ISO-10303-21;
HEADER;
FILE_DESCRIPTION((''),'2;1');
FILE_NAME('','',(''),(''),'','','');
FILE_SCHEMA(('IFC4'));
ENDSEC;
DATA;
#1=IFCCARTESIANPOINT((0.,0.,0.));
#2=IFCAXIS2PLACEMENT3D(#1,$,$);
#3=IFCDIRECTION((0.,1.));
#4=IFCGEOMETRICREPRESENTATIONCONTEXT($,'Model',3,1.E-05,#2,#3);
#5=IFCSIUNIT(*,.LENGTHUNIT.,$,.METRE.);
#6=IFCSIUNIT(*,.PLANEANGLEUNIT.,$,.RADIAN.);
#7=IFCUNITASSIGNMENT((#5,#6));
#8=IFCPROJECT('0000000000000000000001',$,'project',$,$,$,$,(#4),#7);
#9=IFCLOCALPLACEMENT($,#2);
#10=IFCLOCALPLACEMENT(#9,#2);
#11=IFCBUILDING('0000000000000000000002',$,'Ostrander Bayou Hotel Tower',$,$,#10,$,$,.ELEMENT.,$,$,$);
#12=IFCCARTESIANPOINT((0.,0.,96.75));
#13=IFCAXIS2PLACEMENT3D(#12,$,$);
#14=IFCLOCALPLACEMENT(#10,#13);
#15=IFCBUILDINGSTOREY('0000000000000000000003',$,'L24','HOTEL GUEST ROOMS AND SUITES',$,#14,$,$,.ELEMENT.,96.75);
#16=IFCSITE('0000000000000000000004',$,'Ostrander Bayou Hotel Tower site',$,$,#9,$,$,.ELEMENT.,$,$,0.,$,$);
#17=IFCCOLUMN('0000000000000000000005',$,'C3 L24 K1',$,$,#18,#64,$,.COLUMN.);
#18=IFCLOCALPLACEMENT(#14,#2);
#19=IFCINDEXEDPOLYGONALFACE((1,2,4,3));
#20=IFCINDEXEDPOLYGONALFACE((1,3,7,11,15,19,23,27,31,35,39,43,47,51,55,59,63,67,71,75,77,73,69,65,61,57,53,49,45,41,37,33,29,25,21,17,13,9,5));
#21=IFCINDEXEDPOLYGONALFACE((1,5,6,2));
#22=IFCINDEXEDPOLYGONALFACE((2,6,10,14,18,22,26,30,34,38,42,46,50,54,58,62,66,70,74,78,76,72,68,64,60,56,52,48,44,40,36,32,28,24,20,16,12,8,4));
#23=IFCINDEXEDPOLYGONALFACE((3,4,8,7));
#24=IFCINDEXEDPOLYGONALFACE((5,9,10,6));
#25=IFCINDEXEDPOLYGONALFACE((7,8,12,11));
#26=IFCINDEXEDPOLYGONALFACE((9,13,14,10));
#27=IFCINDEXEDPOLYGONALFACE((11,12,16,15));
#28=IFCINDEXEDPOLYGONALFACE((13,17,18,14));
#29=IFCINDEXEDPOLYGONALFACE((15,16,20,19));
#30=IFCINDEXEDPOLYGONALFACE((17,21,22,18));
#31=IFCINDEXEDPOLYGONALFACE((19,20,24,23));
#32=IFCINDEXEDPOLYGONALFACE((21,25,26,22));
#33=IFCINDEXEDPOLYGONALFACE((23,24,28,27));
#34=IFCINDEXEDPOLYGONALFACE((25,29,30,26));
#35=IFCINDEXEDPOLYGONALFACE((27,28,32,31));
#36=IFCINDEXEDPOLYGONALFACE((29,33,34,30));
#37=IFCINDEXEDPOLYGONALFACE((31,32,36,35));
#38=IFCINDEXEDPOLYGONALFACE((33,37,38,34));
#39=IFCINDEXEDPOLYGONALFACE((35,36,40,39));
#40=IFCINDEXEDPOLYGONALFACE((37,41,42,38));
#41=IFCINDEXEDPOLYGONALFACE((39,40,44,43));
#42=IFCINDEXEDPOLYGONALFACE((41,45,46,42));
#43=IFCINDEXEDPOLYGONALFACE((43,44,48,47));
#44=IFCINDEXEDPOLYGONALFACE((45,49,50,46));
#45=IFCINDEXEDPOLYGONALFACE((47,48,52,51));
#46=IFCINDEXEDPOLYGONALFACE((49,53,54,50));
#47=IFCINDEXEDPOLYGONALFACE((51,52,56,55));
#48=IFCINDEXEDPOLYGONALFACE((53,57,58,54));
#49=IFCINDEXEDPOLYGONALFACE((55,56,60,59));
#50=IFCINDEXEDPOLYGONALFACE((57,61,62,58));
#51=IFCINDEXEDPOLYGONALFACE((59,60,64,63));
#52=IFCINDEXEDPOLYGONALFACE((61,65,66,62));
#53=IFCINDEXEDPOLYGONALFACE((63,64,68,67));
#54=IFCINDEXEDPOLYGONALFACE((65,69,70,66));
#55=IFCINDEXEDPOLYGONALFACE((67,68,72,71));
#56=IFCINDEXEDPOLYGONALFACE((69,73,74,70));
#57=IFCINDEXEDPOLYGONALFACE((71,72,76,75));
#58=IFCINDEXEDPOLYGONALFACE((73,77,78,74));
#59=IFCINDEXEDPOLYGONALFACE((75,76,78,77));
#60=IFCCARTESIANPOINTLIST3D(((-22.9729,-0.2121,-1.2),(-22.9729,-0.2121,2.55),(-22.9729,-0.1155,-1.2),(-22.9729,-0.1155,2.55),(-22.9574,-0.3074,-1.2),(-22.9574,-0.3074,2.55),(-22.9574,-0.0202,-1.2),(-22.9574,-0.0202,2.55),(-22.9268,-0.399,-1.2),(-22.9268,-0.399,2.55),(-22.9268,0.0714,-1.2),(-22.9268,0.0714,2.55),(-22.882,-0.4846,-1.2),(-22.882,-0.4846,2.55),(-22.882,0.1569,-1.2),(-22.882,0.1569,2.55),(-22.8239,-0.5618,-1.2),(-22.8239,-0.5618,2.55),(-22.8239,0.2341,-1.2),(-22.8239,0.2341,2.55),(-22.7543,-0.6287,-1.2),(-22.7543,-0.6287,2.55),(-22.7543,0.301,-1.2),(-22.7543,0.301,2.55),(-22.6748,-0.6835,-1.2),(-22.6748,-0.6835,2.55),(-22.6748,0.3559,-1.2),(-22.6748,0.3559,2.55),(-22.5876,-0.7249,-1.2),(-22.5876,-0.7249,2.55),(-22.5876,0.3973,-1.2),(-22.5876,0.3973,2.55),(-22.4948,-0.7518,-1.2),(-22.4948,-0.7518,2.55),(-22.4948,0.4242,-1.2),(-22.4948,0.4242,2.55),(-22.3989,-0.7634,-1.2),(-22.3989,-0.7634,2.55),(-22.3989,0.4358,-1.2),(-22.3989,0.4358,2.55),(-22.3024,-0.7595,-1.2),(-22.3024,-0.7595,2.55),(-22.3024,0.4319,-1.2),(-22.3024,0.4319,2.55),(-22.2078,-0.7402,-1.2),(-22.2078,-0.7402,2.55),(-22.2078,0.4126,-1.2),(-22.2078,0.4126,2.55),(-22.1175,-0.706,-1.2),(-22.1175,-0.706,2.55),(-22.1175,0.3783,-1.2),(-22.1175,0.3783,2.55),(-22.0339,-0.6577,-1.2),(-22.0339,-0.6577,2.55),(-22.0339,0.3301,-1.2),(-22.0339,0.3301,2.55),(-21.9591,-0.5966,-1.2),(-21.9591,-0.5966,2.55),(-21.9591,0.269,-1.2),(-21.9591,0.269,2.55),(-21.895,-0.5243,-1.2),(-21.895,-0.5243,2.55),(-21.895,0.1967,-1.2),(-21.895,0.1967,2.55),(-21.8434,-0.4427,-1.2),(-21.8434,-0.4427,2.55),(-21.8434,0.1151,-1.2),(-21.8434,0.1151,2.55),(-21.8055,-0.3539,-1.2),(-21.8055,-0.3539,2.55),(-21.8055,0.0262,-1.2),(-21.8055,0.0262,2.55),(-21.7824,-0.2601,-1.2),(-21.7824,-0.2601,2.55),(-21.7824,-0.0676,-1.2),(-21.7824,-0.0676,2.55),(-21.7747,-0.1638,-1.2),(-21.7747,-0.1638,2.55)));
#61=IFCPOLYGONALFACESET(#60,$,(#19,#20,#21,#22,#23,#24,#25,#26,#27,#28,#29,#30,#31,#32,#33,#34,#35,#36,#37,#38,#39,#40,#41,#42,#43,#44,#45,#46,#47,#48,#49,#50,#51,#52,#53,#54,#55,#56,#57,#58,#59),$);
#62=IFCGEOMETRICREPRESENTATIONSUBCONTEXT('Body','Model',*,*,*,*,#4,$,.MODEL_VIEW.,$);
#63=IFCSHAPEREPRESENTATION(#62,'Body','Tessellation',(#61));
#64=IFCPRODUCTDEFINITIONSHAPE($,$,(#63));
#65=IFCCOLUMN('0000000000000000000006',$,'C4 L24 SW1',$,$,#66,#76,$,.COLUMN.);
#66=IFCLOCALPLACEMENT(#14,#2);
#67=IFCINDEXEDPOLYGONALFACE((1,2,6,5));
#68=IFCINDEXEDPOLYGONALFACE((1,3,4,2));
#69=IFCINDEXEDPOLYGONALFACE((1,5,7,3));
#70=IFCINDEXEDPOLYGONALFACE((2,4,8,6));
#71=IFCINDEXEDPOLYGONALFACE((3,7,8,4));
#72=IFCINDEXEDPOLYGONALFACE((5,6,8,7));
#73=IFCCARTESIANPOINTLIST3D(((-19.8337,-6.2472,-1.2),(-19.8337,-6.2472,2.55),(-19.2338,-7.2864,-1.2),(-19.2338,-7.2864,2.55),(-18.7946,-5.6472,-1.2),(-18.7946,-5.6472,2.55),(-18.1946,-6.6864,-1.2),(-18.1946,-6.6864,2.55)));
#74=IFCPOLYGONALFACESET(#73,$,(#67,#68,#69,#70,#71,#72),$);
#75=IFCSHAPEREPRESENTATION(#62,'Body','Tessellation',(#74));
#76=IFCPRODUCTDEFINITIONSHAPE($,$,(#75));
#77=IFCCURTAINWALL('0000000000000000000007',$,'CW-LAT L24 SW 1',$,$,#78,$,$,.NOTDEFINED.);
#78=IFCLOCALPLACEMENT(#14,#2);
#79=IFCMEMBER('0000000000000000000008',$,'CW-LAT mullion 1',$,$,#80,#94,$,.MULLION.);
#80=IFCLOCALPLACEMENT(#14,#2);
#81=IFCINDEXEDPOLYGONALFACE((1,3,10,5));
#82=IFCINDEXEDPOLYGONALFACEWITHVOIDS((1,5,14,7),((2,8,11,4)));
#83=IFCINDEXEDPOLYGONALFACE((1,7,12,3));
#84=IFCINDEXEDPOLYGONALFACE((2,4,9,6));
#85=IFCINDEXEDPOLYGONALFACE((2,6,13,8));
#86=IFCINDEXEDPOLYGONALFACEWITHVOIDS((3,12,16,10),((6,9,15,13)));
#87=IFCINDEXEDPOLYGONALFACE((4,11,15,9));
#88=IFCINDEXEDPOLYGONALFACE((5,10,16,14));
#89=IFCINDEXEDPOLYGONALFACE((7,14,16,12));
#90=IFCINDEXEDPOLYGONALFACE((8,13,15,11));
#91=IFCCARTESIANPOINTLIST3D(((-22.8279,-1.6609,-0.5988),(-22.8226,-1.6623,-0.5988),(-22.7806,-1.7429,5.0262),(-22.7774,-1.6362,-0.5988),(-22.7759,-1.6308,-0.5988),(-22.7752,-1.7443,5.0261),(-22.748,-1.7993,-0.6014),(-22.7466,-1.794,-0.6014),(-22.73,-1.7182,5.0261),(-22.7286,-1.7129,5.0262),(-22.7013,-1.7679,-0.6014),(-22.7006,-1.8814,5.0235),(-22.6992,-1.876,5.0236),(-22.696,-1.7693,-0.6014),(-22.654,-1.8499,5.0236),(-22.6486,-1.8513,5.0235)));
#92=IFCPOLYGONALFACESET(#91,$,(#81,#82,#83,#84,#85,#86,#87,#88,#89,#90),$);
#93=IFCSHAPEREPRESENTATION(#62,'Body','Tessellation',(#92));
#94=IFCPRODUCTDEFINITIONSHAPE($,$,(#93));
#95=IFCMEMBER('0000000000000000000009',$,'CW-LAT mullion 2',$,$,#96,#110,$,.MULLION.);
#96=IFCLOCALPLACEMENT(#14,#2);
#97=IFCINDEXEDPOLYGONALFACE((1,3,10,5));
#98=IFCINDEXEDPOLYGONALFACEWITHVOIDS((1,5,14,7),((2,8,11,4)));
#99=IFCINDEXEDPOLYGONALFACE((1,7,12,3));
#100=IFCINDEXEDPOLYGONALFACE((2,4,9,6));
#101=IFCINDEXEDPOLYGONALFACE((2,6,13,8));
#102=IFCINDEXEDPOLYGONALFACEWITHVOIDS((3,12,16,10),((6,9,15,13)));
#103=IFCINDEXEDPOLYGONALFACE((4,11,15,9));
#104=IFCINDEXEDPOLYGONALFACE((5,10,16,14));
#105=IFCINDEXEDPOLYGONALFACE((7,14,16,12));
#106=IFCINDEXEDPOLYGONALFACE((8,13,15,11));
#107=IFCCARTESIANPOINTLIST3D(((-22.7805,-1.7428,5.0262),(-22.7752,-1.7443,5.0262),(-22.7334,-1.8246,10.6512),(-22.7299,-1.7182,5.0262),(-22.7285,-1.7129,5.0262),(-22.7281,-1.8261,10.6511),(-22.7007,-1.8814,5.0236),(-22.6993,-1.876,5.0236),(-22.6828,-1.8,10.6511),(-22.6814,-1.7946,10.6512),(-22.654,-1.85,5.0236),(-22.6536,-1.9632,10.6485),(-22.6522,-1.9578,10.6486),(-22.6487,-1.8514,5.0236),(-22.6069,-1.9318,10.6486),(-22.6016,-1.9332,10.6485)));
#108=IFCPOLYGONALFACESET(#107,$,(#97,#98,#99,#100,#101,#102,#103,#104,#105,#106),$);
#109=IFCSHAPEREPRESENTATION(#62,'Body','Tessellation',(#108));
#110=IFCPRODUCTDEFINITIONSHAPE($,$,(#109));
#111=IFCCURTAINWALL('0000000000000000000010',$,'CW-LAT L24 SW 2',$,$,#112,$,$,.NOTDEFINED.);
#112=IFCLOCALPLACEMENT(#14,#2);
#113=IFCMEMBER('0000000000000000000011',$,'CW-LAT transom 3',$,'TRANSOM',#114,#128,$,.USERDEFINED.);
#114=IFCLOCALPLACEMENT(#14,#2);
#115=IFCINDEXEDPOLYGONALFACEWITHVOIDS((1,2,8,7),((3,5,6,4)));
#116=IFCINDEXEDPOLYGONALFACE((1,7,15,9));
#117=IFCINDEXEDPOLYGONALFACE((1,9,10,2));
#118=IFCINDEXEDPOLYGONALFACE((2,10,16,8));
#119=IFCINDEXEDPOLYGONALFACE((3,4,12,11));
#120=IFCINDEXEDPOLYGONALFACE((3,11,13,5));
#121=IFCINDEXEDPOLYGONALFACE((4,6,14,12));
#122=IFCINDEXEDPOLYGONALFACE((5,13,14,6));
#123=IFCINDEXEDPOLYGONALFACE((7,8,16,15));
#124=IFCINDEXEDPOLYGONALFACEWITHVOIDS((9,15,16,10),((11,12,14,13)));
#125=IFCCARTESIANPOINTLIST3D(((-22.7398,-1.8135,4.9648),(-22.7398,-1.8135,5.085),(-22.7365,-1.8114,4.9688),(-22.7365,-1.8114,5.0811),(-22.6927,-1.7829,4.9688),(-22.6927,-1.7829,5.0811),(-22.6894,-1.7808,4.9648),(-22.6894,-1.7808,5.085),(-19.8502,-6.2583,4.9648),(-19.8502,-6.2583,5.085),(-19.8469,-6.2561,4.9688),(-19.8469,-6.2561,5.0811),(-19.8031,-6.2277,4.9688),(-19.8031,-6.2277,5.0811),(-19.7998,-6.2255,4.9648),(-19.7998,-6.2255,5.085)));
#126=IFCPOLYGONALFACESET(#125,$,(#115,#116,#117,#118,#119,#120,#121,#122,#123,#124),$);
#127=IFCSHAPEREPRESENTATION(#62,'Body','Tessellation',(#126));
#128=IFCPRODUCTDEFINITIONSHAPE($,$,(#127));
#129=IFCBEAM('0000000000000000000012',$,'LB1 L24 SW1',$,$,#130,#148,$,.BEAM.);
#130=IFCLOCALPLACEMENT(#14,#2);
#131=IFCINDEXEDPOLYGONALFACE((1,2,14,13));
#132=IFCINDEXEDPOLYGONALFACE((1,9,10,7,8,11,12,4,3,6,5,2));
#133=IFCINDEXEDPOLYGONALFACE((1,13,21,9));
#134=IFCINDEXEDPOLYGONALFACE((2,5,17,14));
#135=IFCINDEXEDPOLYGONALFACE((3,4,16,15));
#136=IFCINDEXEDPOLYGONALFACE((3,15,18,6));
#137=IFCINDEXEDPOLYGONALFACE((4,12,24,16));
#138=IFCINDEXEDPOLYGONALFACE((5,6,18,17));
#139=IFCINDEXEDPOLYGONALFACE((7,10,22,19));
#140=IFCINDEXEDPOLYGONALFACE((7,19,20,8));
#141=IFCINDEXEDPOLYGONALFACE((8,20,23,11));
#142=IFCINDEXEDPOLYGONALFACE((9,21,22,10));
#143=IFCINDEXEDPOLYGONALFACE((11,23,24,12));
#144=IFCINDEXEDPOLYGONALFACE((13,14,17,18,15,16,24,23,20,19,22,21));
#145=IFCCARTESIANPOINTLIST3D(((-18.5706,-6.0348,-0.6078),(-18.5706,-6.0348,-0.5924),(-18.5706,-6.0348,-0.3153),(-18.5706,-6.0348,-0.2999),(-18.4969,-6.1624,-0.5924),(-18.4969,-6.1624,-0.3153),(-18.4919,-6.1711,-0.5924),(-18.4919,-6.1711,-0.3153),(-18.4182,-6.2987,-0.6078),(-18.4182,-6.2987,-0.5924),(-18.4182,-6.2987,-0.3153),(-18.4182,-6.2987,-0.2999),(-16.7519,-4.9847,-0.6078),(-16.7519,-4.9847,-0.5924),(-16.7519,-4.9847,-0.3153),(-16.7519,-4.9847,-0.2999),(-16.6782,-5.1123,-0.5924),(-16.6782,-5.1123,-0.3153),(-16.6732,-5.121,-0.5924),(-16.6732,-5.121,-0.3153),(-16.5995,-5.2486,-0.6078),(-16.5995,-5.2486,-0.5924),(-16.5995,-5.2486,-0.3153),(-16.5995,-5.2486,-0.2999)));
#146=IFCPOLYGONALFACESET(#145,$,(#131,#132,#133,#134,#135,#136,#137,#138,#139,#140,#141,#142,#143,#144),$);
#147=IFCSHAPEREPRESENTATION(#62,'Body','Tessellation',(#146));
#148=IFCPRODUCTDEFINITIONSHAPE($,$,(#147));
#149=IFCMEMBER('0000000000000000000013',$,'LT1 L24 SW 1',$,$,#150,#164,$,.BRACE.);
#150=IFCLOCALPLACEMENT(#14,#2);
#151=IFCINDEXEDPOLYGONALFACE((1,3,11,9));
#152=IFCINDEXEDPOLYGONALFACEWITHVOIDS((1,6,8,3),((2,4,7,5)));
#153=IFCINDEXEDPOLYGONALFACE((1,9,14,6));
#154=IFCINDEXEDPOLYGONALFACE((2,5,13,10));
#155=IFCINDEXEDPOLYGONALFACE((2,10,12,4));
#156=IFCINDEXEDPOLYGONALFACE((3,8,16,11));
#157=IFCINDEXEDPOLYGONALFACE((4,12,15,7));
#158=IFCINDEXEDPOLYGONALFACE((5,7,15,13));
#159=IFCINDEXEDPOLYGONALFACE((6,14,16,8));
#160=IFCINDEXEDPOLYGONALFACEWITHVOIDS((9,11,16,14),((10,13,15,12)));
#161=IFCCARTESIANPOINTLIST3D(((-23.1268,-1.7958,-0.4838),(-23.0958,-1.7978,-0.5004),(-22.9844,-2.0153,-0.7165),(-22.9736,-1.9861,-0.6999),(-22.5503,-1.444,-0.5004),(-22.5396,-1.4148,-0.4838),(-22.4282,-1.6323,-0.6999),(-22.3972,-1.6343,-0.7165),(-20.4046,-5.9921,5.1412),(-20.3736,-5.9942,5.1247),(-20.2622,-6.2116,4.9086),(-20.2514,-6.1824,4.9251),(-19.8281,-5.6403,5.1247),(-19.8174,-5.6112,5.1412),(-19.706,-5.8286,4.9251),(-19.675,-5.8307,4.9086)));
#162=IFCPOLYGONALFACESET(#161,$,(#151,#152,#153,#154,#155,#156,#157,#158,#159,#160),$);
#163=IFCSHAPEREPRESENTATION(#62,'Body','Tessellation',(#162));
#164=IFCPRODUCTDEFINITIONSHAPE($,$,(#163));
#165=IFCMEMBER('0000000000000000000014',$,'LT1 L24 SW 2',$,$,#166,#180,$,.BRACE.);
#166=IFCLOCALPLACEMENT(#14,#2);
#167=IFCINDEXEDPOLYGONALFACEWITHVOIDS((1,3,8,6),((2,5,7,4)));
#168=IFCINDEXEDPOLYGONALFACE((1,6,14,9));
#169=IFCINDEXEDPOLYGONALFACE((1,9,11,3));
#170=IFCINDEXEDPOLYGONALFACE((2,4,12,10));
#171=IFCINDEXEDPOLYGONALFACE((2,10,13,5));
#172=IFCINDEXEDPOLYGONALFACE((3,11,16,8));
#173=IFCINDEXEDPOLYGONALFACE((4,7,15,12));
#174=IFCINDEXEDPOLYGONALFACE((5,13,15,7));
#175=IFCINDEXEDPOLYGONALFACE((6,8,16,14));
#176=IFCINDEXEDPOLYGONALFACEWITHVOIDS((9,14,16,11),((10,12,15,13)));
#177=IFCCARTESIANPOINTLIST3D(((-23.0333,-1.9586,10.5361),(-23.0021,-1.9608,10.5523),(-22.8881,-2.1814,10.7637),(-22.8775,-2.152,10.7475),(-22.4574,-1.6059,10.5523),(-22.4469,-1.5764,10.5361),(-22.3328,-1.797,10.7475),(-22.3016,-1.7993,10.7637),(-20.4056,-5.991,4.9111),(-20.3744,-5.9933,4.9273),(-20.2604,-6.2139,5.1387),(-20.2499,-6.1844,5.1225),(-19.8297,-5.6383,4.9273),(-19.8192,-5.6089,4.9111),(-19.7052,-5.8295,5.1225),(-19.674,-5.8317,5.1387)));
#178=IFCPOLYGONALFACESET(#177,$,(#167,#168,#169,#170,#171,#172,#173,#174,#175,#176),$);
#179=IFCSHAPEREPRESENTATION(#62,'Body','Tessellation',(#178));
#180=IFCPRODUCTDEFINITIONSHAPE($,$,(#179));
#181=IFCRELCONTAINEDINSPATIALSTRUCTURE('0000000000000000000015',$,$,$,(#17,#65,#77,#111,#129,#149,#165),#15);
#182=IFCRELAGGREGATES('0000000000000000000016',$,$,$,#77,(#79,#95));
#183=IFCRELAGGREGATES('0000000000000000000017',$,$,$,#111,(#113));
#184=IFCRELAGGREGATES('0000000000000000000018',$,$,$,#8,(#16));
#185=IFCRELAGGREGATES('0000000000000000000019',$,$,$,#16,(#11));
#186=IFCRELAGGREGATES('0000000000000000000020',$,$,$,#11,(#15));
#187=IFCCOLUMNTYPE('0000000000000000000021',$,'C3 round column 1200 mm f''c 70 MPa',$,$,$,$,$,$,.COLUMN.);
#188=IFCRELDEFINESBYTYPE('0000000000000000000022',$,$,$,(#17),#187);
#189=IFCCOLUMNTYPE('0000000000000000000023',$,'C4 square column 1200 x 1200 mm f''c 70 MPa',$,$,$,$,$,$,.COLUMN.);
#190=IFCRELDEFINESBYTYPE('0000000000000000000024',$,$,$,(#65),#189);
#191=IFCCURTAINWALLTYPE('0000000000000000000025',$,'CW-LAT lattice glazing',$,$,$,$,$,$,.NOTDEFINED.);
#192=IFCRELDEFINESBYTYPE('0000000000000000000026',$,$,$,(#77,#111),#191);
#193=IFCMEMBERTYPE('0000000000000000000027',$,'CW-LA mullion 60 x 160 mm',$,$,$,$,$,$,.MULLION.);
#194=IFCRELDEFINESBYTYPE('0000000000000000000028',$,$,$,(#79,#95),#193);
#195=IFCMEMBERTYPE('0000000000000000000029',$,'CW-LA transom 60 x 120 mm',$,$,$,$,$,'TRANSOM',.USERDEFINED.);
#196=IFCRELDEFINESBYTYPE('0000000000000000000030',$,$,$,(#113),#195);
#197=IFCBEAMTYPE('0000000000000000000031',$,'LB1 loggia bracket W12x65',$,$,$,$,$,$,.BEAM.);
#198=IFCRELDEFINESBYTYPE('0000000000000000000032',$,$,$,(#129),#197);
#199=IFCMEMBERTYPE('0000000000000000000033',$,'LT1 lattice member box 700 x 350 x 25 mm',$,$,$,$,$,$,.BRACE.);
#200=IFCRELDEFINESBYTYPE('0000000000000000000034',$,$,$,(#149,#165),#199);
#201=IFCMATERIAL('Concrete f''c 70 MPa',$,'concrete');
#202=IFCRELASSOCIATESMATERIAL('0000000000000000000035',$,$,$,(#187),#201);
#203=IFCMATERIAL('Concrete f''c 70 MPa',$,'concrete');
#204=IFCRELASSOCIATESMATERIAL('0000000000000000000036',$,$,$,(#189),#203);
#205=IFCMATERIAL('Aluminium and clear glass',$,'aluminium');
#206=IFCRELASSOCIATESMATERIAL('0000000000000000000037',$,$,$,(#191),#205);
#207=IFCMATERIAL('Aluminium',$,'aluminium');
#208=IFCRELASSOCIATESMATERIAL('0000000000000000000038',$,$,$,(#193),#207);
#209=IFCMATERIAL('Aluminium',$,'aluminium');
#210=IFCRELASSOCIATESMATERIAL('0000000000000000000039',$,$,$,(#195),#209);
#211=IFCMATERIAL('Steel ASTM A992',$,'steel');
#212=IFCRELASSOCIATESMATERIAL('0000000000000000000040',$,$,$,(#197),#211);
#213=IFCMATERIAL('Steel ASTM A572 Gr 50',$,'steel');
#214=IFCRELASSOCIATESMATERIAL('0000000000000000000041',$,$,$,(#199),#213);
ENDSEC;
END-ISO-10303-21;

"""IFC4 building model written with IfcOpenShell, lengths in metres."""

from ifc_helpers import new_model, si_unit, direction, frame, origin, origin_2d, place, context, subcontext, project, spatial, rectangle, hollow_rectangle, circle, i_section, extrude, material, material_profile, profile_set, type_object, element, aggregate, save


model = new_model("IFC4")

# Units and contexts
model_context = context("Model", 3, precision=1e-05, world=origin(), true_north=direction((0.0, 1.0)))
body_context = subcontext(model_context, "Body", "Model", "MODEL_VIEW")
ifc_project = project(units=[si_unit("LENGTHUNIT", "METRE"), si_unit("PLANEANGLEUNIT", "RADIAN")], contexts=[model_context])

# Site, building, storey
site_placement = place(None, origin())
site = spatial("IfcSite", under=ifc_project, at=site_placement, Name="Ostrander Bayou Hotel Tower site", CompositionType="ELEMENT", RefElevation=0.0)
building_placement = place(site_placement, origin())
building = spatial("IfcBuilding", under=site, at=building_placement, Name="Ostrander Bayou Hotel Tower", CompositionType="ELEMENT")
storey_placement = place(building_placement, frame((0.0, 0.0, 96.75)))
storey = spatial("IfcBuildingStorey", under=building, at=storey_placement, Name="L24", Description="HOTEL GUEST ROOMS AND SUITES", CompositionType="ELEMENT", Elevation=96.75)

# Columns
ifc_material_1 = material(Name="Concrete f'c 70 MPa", Category="concrete")
ifc_material_profile_1 = material_profile(ifc_material_1, circle(Radius=0.6001, at=origin_2d()))
ifc_profile_set_1 = profile_set([ifc_material_profile_1], Name="Concrete f'c 70 MPa")
column_type_1 = type_object("IfcColumnType", Name="C3 round column 1200 mm f'c 70 MPa", PredefinedType="COLUMN", material=ifc_profile_set_1)
column_1_placement = place(storey_placement, frame((-22.3748, -0.1638, -1.2), z_axis=(0.0, 0.0, 1.0), x_axis=(1.0, 0.0, 0.0)))
element("IfcColumn", 1, at=column_1_placement, inside=storey, type_object=column_type_1, Name="C3 L24 K1", PredefinedType="COLUMN", context=body_context, shape_type="SweptSolid", body=[
    extrude(circle(Radius=0.6001, at=origin_2d()), origin(), (0.0, 0.0, 1.0), 3.75),
])
ifc_material_2 = material(Name="Concrete f'c 70 MPa", Category="concrete")
ifc_material_profile_2 = material_profile(ifc_material_2, rectangle(XDim=1.2, YDim=1.2, at=origin_2d()))
ifc_profile_set_2 = profile_set([ifc_material_profile_2], Name="Concrete f'c 70 MPa")
column_type_2 = type_object("IfcColumnType", Name="C4 square column 1200 x 1200 mm f'c 70 MPa", PredefinedType="COLUMN", material=ifc_profile_set_2)
column_2_placement = place(storey_placement, frame((-19.0142, -6.4668, -1.2), z_axis=(0.0, 0.0, 1.0), x_axis=(-0.5, 0.866025, 0.0)))
element("IfcColumn", 2, at=column_2_placement, inside=storey, type_object=column_type_2, Name="C4 L24 SW1", PredefinedType="COLUMN", context=body_context, shape_type="SweptSolid", body=[
    extrude(rectangle(XDim=1.2, YDim=1.2, at=origin_2d()), origin(), (0.0, 0.0, 1.0), 3.75),
])

# Curtain wall, members
ifc_material_3 = material(Name="Aluminium and clear glass", Category="aluminium")
curtain_wall_type = type_object("IfcCurtainWallType", Name="CW-LAT lattice glazing", PredefinedType="NOTDEFINED", material=ifc_material_3)
curtain_wall_1_placement = place(storey_placement, origin())
curtain_wall_1 = element("IfcCurtainWall", 3, at=curtain_wall_1_placement, inside=storey, type_object=curtain_wall_type, Name="CW-LAT L24 SW 1", PredefinedType="NOTDEFINED")
ifc_material_4 = material(Name="Aluminium", Category="aluminium")
ifc_material_profile_3 = material_profile(ifc_material_4, hollow_rectangle(XDim=0.0601, YDim=0.1599, WallThickness=0.0039, at=origin_2d()))
ifc_profile_set_3 = profile_set([ifc_material_profile_3], Name="Aluminium")
member_type_1 = type_object("IfcMemberType", Name="CW-LA mullion 60 x 160 mm", PredefinedType="MULLION", material=ifc_profile_set_3)
member_1_placement = place(storey_placement, frame((-22.762, -1.7151, -0.6001), z_axis=(0.008419, -0.014581, 0.999858), x_axis=(0.866014, 0.50002, 0.0)))
member_1 = element("IfcMember", 4, at=member_1_placement, type_object=member_type_1, Name="CW-LAT mullion 1", PredefinedType="MULLION", context=body_context, shape_type="SweptSolid", body=[
    extrude(hollow_rectangle(XDim=0.0601, YDim=0.1599, WallThickness=0.0039, at=origin_2d()), origin(), (0.0, 0.0, 1.0), 5.6257),
])
member_2_placement = place(storey_placement, frame((-22.7146, -1.7971, 5.0249), z_axis=(0.008376, -0.014538, 0.999859), x_axis=(0.866487, 0.4992, 0.0)))
member_2 = element("IfcMember", 5, at=member_2_placement, type_object=member_type_1, Name="CW-LAT mullion 2", PredefinedType="MULLION", context=body_context, shape_type="SweptSolid", body=[
    extrude(hollow_rectangle(XDim=0.0601, YDim=0.1599, WallThickness=0.0039, at=origin_2d()), origin(), (0.0, 0.0, 1.0), 5.6257),
])

# Curtain wall, member
curtain_wall_2_placement = place(storey_placement, origin())
curtain_wall_2 = element("IfcCurtainWall", 6, at=curtain_wall_2_placement, inside=storey, type_object=curtain_wall_type, Name="CW-LAT L24 SW 2", PredefinedType="NOTDEFINED")
ifc_material_5 = material(Name="Aluminium", Category="aluminium")
ifc_material_profile_4 = material_profile(ifc_material_5, hollow_rectangle(XDim=0.0601, YDim=0.1201, WallThickness=0.0039, at=origin_2d()))
ifc_profile_set_4 = profile_set([ifc_material_profile_4], Name="Aluminium")
member_type_2 = type_object("IfcMemberType", Name="CW-LA transom 60 x 120 mm", ElementType="TRANSOM", PredefinedType="USERDEFINED", material=ifc_profile_set_4)
member_3_placement = place(storey_placement, frame((-22.7146, -1.7971, 5.0249), z_axis=(0.545056, -0.838399, 0.0), x_axis=(0.838399, 0.545056, 0.0)))
member_3 = element("IfcMember", 7, at=member_3_placement, type_object=member_type_2, Name="CW-LAT transom 3", ObjectType="TRANSOM", PredefinedType="USERDEFINED", context=body_context, shape_type="SweptSolid", body=[
    extrude(hollow_rectangle(XDim=0.0601, YDim=0.1201, WallThickness=0.0039, at=origin_2d()), origin(), (0.0, 0.0, 1.0), 5.3015),
])

# Beam
ifc_material_6 = material(Name="Steel ASTM A992", Category="steel")
ifc_material_profile_5 = material_profile(ifc_material_6, i_section(OverallWidth=0.3047, OverallDepth=0.3079, WebThickness=0.01, FlangeThickness=0.0154, at=origin_2d()))
ifc_profile_set_5 = profile_set([ifc_material_profile_5], Name="Steel ASTM A992")
beam_type_1 = type_object("IfcBeamType", Name="LB1 loggia bracket W12x65", PredefinedType="BEAM", material=ifc_profile_set_5)
beam_1_placement = place(storey_placement, frame((-18.4944, -6.1667, -0.4539), z_axis=(0.866009, 0.500028, 0.0), x_axis=(-0.500028, 0.866009, 0.0)))
element("IfcBeam", 8, at=beam_1_placement, inside=storey, type_object=beam_type_1, Name="LB1 L24 SW1", PredefinedType="BEAM", context=body_context, shape_type="SweptSolid", body=[
    extrude(i_section(OverallWidth=0.3047, OverallDepth=0.3079, WebThickness=0.01, FlangeThickness=0.0154, at=origin_2d()), origin(), (0.0, 0.0, 1.0), 2.1001),
])

# Members
ifc_material_7 = material(Name="Steel ASTM A572 Gr 50", Category="steel")
ifc_material_profile_6 = material_profile(ifc_material_7, hollow_rectangle(XDim=0.7, YDim=0.3501, WallThickness=0.0249, at=origin_2d()))
ifc_profile_set_6 = profile_set([ifc_material_profile_6], Name="Steel ASTM A572 Gr 50")
member_type_3 = type_object("IfcMemberType", Name="LT1 lattice member box 700 x 350 x 25 mm", PredefinedType="BRACE", material=ifc_profile_set_6)
member_4_placement = place(storey_placement, frame((-20.0398, -5.9114, 5.0249), z_axis=(-0.361641, 0.557479, -0.747284), x_axis=(-0.838938, -0.544226, 0.0)))
element("IfcMember", 9, at=member_4_placement, inside=storey, type_object=member_type_3, Name="LT1 L24 SW 1", PredefinedType="BRACE", context=body_context, shape_type="SweptSolid", body=[
    extrude(hollow_rectangle(XDim=0.7, YDim=0.3501, WallThickness=0.0249, at=origin_2d()), origin(), (0.0, 0.0, 1.0), 7.5273),
])
member_5_placement = place(storey_placement, frame((-20.0398, -5.9114, 5.0249), z_axis=(-0.354943, 0.544699, 0.759815), x_axis=(-0.837818, -0.545949, 0.0)))
element("IfcMember", 10, at=member_5_placement, inside=storey, type_object=member_type_3, Name="LT1 L24 SW 2", PredefinedType="BRACE", context=body_context, shape_type="SweptSolid", body=[
    extrude(hollow_rectangle(XDim=0.7, YDim=0.3501, WallThickness=0.0249, at=origin_2d()), origin(), (0.0, 0.0, 1.0), 7.4031),
])

aggregate(curtain_wall_1, [member_1, member_2])
aggregate(curtain_wall_2, [member_3])

save(model, "model.ifc")
